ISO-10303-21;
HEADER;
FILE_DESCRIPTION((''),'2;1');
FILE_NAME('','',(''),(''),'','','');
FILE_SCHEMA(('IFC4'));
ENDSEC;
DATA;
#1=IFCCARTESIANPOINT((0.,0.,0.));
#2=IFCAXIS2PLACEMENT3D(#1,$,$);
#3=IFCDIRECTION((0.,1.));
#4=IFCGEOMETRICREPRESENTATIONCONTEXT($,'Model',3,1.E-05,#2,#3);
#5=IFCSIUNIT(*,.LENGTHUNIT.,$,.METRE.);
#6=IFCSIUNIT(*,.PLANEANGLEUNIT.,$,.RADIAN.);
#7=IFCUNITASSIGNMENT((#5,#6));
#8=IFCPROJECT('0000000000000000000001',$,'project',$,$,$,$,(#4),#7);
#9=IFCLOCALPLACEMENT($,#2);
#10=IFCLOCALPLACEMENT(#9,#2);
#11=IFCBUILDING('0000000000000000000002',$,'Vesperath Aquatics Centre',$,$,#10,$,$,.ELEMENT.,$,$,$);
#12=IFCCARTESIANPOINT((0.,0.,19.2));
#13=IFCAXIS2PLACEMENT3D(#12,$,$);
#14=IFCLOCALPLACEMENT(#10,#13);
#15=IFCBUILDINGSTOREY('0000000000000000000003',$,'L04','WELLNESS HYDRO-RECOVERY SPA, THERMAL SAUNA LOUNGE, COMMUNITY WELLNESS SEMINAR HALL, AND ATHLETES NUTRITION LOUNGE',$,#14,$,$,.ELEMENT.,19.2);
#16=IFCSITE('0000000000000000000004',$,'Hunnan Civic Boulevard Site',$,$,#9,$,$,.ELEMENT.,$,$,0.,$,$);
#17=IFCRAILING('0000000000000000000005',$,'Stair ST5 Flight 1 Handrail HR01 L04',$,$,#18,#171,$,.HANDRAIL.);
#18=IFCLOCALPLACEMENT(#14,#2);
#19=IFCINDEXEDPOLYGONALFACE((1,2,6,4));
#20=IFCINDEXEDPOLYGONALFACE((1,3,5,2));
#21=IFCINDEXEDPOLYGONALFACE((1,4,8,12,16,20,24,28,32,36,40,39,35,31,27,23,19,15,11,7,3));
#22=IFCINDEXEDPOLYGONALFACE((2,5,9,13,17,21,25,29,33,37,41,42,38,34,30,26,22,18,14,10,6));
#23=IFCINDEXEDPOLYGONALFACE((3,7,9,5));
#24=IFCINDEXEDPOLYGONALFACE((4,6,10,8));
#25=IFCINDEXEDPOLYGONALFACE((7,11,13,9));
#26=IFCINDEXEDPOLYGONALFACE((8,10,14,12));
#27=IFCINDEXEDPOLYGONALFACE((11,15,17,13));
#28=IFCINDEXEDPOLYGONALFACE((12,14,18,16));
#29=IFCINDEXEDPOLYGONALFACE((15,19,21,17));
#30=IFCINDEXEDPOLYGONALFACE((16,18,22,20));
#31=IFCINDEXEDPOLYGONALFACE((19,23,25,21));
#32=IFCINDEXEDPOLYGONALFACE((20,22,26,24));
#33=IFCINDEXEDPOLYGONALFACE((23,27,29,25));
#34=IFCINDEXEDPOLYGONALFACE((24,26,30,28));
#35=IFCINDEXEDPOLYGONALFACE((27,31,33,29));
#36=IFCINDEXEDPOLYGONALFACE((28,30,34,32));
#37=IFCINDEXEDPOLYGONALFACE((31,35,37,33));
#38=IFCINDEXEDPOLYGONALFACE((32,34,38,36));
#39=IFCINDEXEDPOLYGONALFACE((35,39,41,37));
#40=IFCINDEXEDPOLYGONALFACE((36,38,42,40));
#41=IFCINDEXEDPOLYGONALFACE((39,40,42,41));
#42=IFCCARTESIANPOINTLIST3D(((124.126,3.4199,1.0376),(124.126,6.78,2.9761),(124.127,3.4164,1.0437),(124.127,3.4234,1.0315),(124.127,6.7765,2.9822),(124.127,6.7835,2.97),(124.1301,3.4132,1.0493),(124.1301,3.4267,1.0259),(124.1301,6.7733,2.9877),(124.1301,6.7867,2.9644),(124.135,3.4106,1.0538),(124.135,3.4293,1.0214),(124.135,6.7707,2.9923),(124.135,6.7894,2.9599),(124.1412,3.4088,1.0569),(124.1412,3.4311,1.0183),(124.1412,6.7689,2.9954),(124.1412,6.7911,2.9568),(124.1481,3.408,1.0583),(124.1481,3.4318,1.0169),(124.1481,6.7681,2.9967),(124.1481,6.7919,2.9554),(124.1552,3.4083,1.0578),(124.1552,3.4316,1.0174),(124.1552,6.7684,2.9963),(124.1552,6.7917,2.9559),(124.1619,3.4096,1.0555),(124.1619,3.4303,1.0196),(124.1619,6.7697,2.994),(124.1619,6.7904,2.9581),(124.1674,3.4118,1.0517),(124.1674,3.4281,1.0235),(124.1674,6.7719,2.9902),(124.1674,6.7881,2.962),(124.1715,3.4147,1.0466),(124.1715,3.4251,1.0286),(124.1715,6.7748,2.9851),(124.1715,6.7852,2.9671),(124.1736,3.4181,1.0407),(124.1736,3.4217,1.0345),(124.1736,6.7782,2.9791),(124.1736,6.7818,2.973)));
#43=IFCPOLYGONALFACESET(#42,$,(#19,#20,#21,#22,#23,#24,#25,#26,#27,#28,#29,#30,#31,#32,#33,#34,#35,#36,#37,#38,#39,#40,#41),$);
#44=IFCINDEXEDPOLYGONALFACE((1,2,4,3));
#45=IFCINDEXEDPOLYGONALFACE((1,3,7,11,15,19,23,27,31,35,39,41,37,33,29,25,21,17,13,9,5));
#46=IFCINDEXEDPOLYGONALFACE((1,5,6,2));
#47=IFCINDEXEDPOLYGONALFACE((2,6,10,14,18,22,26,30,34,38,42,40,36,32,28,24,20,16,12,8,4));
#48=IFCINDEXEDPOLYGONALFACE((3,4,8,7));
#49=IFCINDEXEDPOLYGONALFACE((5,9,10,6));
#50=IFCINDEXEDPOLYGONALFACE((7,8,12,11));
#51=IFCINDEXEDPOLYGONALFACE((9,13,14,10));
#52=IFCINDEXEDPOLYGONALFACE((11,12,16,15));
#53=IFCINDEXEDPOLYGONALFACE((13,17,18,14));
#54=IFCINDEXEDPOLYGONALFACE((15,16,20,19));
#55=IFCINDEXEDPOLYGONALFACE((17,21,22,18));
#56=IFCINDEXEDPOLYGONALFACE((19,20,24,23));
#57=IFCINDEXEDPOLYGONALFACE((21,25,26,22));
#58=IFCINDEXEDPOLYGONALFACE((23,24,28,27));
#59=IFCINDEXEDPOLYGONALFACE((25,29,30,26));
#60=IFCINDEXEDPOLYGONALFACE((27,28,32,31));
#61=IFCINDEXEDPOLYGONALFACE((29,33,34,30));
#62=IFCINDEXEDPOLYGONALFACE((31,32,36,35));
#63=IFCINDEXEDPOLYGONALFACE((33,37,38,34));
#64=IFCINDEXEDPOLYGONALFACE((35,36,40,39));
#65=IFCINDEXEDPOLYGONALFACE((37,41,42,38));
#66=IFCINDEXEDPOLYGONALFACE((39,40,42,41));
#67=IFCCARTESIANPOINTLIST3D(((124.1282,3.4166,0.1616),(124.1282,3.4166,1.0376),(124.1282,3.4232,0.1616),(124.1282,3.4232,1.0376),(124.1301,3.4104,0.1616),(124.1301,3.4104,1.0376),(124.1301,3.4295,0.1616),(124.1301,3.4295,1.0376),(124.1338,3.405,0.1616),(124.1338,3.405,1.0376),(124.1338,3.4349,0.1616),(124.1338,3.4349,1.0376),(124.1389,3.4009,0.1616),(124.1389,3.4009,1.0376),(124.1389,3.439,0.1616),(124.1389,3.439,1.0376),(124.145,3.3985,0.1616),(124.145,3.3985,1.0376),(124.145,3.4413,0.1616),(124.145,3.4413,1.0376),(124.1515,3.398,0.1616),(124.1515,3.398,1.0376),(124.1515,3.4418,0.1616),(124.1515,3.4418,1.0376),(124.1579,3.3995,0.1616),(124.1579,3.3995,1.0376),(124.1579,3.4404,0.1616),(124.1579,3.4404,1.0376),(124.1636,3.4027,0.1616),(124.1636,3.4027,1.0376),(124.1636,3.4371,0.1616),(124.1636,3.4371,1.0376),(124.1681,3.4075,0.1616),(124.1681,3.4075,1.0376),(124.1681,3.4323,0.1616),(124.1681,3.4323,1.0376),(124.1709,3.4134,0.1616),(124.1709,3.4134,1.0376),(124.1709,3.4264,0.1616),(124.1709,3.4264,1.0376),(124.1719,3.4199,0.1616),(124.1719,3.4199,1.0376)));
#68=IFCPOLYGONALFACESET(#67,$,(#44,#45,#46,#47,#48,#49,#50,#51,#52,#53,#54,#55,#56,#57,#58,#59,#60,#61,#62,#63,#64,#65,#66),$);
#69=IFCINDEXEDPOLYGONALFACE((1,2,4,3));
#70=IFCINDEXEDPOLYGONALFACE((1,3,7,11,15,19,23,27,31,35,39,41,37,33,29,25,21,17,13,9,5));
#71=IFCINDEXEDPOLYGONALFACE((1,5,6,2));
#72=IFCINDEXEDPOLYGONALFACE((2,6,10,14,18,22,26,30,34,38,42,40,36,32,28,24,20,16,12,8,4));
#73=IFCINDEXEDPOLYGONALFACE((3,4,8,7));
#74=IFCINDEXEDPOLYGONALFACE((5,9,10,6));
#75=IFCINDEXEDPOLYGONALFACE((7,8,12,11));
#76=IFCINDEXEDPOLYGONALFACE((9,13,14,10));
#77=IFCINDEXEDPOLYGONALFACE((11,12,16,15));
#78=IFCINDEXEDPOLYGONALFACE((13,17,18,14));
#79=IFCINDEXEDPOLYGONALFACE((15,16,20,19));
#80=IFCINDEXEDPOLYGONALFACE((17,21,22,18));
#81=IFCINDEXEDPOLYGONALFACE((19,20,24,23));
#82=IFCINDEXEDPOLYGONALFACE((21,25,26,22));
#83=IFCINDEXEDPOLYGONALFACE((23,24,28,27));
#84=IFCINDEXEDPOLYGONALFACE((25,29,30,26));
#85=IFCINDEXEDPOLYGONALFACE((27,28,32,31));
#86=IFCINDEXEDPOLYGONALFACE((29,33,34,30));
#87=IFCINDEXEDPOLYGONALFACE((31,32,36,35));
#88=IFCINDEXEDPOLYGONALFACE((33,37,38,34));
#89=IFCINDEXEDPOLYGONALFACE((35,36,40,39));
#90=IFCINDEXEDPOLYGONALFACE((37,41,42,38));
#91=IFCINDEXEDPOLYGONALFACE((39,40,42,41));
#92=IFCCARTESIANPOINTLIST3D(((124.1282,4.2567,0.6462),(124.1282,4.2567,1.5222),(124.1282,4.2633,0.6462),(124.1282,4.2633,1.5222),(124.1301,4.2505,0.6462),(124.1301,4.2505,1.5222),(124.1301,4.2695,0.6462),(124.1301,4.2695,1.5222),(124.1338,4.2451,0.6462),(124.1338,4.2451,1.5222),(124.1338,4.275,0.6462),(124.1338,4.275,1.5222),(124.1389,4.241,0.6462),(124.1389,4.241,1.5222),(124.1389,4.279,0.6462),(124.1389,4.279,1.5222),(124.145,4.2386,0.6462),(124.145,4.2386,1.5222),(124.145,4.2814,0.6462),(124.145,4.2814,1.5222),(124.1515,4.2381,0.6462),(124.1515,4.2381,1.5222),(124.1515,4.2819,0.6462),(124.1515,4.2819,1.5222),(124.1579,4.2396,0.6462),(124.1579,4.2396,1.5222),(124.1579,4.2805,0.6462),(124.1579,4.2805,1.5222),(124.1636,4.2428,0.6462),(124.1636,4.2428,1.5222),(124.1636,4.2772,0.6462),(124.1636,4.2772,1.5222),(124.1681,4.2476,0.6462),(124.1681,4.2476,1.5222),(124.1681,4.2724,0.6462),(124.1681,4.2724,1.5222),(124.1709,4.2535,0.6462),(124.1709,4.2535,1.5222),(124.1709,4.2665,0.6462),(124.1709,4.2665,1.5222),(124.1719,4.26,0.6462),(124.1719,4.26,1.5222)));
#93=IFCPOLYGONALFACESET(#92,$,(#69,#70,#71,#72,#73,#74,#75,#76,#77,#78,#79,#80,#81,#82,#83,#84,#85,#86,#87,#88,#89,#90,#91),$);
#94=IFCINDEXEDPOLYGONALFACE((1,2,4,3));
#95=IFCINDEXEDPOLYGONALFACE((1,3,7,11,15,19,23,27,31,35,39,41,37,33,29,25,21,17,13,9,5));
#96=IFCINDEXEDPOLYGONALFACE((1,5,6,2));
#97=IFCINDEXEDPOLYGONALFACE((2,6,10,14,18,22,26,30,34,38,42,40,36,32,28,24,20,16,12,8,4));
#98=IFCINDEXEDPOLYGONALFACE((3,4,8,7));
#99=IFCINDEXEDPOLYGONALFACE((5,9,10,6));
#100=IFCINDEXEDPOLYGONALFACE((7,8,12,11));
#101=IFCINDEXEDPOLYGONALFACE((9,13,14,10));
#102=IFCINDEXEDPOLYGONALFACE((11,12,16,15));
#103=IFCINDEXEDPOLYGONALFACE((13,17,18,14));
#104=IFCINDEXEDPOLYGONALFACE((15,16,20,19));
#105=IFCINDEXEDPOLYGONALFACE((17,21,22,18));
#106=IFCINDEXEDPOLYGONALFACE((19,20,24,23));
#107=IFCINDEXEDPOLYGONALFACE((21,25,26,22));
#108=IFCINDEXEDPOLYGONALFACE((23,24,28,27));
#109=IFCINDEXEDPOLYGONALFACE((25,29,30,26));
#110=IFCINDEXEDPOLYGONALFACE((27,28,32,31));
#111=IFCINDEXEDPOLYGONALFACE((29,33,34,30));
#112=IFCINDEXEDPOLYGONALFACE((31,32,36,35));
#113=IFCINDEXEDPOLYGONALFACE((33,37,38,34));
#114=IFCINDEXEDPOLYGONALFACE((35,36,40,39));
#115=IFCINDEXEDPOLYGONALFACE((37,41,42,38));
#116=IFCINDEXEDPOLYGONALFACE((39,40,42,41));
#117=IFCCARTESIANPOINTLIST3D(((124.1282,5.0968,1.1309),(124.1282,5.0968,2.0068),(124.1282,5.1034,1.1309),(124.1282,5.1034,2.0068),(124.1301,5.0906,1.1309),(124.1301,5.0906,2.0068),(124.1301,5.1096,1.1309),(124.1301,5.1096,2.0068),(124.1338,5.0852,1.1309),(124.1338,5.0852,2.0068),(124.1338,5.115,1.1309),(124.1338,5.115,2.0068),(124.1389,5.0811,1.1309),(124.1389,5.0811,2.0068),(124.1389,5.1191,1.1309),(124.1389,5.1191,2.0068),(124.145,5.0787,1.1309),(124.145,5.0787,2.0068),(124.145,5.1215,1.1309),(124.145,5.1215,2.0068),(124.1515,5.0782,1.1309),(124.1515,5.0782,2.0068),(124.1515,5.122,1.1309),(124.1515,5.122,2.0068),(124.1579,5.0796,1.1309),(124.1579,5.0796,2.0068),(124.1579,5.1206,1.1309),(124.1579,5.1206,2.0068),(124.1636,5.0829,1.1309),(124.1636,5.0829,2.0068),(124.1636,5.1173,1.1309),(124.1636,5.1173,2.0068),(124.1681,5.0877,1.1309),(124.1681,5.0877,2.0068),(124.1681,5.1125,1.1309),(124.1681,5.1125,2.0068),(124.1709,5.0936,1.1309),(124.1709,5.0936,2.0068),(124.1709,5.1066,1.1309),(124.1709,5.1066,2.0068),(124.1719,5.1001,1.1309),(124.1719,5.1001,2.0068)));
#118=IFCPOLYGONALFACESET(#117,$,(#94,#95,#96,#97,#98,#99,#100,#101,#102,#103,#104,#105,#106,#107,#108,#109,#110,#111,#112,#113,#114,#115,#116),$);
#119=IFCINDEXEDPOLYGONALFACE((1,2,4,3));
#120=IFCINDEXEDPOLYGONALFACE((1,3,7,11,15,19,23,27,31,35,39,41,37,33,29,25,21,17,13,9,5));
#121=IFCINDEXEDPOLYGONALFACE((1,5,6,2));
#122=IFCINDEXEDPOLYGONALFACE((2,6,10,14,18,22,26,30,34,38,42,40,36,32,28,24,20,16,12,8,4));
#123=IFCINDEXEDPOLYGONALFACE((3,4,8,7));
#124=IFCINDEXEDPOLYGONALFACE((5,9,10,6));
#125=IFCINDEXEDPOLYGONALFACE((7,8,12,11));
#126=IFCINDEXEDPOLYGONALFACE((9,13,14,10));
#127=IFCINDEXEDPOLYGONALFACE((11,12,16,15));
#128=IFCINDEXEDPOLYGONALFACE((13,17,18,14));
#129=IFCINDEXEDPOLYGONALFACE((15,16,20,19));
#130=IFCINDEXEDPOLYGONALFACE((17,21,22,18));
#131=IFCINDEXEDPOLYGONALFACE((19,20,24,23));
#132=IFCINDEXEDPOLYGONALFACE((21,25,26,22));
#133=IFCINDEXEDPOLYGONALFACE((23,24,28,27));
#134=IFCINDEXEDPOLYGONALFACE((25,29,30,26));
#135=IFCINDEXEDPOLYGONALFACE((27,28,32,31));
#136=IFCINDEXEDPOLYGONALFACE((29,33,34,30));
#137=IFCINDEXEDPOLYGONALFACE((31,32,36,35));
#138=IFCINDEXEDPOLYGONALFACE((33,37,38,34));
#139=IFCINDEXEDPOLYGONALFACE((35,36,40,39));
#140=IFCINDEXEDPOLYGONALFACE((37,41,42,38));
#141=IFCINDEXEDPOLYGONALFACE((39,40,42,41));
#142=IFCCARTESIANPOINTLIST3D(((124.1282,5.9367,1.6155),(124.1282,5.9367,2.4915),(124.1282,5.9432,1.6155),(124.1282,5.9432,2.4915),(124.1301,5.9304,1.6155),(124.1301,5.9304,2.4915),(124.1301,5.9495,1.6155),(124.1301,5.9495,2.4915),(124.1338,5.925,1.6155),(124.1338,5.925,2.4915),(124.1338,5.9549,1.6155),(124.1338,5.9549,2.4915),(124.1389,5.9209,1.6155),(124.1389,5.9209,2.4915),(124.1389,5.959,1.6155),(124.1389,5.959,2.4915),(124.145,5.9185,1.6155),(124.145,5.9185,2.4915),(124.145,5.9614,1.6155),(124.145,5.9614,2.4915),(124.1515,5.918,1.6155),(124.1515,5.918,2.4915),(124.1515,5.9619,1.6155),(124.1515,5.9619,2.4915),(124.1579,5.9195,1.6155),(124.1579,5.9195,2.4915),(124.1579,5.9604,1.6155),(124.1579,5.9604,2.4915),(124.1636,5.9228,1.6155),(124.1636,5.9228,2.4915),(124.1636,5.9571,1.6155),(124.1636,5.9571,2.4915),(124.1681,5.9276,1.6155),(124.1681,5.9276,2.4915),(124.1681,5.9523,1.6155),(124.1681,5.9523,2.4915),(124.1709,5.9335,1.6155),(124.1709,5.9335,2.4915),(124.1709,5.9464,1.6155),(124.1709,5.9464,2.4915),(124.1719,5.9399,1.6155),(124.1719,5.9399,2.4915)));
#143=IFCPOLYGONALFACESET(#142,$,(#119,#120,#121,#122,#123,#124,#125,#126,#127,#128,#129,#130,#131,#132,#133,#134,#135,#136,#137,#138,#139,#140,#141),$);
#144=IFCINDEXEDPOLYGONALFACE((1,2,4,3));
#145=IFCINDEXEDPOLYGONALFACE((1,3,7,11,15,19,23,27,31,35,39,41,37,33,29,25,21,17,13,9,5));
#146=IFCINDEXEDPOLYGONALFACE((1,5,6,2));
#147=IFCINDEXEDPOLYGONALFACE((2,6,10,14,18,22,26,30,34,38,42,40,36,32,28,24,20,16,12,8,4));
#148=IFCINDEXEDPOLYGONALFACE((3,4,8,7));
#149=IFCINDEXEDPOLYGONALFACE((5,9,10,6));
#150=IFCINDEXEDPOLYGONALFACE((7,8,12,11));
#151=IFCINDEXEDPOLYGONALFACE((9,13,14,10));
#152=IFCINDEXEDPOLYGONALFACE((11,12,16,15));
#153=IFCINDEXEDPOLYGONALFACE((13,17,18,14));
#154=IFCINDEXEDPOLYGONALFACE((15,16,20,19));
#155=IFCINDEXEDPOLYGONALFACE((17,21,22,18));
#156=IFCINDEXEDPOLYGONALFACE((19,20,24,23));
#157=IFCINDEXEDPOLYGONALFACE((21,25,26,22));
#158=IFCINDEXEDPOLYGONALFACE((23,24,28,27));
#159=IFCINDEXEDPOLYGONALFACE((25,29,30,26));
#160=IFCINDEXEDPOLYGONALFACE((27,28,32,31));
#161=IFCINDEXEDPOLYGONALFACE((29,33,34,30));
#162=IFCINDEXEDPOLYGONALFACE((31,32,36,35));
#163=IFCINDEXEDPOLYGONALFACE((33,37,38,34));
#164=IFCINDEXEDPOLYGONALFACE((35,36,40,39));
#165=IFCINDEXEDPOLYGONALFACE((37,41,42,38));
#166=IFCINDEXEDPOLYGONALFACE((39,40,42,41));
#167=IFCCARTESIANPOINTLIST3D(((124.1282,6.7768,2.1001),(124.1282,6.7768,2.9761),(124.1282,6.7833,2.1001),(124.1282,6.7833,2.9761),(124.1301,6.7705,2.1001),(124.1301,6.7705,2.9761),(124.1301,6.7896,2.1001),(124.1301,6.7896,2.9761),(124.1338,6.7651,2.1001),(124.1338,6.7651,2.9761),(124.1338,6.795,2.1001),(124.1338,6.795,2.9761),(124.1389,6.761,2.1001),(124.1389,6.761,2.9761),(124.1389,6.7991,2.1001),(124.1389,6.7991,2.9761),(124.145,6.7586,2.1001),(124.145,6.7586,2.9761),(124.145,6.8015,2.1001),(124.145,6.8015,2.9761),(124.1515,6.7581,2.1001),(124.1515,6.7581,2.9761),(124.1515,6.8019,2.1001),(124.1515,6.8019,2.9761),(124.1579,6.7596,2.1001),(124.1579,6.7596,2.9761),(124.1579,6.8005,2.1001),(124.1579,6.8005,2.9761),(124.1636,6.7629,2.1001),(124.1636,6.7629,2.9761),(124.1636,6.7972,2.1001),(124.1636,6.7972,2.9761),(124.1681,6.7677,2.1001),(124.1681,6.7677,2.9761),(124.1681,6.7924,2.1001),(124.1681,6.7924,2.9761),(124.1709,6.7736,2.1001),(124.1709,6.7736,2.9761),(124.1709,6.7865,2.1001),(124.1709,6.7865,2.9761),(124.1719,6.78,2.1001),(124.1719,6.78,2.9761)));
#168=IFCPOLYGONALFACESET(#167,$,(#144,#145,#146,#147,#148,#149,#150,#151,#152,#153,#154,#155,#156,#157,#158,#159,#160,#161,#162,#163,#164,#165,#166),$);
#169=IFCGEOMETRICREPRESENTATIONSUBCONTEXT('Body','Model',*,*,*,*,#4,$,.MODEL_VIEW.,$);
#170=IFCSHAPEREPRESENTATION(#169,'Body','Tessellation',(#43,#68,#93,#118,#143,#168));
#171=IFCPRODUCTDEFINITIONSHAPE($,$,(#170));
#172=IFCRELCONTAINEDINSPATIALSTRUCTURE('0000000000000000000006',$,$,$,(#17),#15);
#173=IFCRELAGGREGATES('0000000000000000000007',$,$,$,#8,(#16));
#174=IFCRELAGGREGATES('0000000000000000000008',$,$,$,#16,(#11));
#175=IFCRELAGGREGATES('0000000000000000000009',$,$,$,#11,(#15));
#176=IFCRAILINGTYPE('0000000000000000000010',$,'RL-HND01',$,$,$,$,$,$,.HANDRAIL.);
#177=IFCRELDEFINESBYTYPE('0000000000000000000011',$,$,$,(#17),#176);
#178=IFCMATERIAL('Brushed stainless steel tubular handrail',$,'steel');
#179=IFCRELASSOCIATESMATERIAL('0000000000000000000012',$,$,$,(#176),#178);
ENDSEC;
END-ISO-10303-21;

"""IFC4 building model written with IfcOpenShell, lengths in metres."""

from ifc_helpers import new_model, si_unit, direction, frame, origin, origin_2d, place, context, subcontext, project, spatial, circle, extrude, material, type_object, element, save


model = new_model("IFC4")

# Units and contexts
model_context = context("Model", 3, precision=1e-05, world=origin(), true_north=direction((0.0, 1.0)))
body_context = subcontext(model_context, "Body", "Model", "MODEL_VIEW")
ifc_project = project(units=[si_unit("LENGTHUNIT", "METRE"), si_unit("PLANEANGLEUNIT", "RADIAN")], contexts=[model_context])

# Site, building, storey
site_placement = place(None, origin())
site = spatial("IfcSite", under=ifc_project, at=site_placement, Name="Hunnan Civic Boulevard Site", CompositionType="ELEMENT", RefElevation=0.0)
building_placement = place(site_placement, origin())
building = spatial("IfcBuilding", under=site, at=building_placement, Name="Vesperath Aquatics Centre", CompositionType="ELEMENT")
storey_placement = place(building_placement, frame((0.0, 0.0, 19.2)))
storey = spatial("IfcBuildingStorey", under=building, at=storey_placement, Name="L04", Description="WELLNESS HYDRO-RECOVERY SPA, THERMAL SAUNA LOUNGE, COMMUNITY WELLNESS SEMINAR HALL, AND ATHLETES NUTRITION LOUNGE", CompositionType="ELEMENT", Elevation=19.2)

# Railing
ifc_material_1 = material(Name="Brushed stainless steel tubular handrail", Category="steel")
railing_type_1 = type_object("IfcRailingType", Name="RL-HND01", PredefinedType="HANDRAIL", material=ifc_material_1)
railing_1_placement = place(storey_placement, frame((124.1499, 3.4199, 0.1616)))
element("IfcRailing", 1, at=railing_1_placement, inside=storey, type_object=railing_type_1, Name="Stair ST5 Flight 1 Handrail HR01 L04", PredefinedType="HANDRAIL", context=body_context, shape_type="SweptSolid", body=[
    extrude(circle(Radius=0.0239, at=origin_2d()), frame((0.0, 0.0, 0.876), z_axis=(0.0, 0.866191, 0.499713), x_axis=(-1.0, 0.0, 0.0)), (0.0, 0.0, 1.0), 3.8792),
    extrude(circle(Radius=0.022, at=origin_2d()), origin(), (0.0, 0.0, 1.0), 0.876),
    extrude(circle(Radius=0.022, at=origin_2d()), frame((0.0, 0.8401, 0.4846)), (0.0, 0.0, 1.0), 0.876),
    extrude(circle(Radius=0.022, at=origin_2d()), frame((0.0, 1.6802, 0.9692)), (0.0, 0.0, 1.0), 0.876),
    extrude(circle(Radius=0.022, at=origin_2d()), frame((0.0, 2.52, 1.4539)), (0.0, 0.0, 1.0), 0.876),
    extrude(circle(Radius=0.022, at=origin_2d()), frame((0.0, 3.3601, 1.9385)), (0.0, 0.0, 1.0), 0.876),
])

save(model, "model.ifc")
